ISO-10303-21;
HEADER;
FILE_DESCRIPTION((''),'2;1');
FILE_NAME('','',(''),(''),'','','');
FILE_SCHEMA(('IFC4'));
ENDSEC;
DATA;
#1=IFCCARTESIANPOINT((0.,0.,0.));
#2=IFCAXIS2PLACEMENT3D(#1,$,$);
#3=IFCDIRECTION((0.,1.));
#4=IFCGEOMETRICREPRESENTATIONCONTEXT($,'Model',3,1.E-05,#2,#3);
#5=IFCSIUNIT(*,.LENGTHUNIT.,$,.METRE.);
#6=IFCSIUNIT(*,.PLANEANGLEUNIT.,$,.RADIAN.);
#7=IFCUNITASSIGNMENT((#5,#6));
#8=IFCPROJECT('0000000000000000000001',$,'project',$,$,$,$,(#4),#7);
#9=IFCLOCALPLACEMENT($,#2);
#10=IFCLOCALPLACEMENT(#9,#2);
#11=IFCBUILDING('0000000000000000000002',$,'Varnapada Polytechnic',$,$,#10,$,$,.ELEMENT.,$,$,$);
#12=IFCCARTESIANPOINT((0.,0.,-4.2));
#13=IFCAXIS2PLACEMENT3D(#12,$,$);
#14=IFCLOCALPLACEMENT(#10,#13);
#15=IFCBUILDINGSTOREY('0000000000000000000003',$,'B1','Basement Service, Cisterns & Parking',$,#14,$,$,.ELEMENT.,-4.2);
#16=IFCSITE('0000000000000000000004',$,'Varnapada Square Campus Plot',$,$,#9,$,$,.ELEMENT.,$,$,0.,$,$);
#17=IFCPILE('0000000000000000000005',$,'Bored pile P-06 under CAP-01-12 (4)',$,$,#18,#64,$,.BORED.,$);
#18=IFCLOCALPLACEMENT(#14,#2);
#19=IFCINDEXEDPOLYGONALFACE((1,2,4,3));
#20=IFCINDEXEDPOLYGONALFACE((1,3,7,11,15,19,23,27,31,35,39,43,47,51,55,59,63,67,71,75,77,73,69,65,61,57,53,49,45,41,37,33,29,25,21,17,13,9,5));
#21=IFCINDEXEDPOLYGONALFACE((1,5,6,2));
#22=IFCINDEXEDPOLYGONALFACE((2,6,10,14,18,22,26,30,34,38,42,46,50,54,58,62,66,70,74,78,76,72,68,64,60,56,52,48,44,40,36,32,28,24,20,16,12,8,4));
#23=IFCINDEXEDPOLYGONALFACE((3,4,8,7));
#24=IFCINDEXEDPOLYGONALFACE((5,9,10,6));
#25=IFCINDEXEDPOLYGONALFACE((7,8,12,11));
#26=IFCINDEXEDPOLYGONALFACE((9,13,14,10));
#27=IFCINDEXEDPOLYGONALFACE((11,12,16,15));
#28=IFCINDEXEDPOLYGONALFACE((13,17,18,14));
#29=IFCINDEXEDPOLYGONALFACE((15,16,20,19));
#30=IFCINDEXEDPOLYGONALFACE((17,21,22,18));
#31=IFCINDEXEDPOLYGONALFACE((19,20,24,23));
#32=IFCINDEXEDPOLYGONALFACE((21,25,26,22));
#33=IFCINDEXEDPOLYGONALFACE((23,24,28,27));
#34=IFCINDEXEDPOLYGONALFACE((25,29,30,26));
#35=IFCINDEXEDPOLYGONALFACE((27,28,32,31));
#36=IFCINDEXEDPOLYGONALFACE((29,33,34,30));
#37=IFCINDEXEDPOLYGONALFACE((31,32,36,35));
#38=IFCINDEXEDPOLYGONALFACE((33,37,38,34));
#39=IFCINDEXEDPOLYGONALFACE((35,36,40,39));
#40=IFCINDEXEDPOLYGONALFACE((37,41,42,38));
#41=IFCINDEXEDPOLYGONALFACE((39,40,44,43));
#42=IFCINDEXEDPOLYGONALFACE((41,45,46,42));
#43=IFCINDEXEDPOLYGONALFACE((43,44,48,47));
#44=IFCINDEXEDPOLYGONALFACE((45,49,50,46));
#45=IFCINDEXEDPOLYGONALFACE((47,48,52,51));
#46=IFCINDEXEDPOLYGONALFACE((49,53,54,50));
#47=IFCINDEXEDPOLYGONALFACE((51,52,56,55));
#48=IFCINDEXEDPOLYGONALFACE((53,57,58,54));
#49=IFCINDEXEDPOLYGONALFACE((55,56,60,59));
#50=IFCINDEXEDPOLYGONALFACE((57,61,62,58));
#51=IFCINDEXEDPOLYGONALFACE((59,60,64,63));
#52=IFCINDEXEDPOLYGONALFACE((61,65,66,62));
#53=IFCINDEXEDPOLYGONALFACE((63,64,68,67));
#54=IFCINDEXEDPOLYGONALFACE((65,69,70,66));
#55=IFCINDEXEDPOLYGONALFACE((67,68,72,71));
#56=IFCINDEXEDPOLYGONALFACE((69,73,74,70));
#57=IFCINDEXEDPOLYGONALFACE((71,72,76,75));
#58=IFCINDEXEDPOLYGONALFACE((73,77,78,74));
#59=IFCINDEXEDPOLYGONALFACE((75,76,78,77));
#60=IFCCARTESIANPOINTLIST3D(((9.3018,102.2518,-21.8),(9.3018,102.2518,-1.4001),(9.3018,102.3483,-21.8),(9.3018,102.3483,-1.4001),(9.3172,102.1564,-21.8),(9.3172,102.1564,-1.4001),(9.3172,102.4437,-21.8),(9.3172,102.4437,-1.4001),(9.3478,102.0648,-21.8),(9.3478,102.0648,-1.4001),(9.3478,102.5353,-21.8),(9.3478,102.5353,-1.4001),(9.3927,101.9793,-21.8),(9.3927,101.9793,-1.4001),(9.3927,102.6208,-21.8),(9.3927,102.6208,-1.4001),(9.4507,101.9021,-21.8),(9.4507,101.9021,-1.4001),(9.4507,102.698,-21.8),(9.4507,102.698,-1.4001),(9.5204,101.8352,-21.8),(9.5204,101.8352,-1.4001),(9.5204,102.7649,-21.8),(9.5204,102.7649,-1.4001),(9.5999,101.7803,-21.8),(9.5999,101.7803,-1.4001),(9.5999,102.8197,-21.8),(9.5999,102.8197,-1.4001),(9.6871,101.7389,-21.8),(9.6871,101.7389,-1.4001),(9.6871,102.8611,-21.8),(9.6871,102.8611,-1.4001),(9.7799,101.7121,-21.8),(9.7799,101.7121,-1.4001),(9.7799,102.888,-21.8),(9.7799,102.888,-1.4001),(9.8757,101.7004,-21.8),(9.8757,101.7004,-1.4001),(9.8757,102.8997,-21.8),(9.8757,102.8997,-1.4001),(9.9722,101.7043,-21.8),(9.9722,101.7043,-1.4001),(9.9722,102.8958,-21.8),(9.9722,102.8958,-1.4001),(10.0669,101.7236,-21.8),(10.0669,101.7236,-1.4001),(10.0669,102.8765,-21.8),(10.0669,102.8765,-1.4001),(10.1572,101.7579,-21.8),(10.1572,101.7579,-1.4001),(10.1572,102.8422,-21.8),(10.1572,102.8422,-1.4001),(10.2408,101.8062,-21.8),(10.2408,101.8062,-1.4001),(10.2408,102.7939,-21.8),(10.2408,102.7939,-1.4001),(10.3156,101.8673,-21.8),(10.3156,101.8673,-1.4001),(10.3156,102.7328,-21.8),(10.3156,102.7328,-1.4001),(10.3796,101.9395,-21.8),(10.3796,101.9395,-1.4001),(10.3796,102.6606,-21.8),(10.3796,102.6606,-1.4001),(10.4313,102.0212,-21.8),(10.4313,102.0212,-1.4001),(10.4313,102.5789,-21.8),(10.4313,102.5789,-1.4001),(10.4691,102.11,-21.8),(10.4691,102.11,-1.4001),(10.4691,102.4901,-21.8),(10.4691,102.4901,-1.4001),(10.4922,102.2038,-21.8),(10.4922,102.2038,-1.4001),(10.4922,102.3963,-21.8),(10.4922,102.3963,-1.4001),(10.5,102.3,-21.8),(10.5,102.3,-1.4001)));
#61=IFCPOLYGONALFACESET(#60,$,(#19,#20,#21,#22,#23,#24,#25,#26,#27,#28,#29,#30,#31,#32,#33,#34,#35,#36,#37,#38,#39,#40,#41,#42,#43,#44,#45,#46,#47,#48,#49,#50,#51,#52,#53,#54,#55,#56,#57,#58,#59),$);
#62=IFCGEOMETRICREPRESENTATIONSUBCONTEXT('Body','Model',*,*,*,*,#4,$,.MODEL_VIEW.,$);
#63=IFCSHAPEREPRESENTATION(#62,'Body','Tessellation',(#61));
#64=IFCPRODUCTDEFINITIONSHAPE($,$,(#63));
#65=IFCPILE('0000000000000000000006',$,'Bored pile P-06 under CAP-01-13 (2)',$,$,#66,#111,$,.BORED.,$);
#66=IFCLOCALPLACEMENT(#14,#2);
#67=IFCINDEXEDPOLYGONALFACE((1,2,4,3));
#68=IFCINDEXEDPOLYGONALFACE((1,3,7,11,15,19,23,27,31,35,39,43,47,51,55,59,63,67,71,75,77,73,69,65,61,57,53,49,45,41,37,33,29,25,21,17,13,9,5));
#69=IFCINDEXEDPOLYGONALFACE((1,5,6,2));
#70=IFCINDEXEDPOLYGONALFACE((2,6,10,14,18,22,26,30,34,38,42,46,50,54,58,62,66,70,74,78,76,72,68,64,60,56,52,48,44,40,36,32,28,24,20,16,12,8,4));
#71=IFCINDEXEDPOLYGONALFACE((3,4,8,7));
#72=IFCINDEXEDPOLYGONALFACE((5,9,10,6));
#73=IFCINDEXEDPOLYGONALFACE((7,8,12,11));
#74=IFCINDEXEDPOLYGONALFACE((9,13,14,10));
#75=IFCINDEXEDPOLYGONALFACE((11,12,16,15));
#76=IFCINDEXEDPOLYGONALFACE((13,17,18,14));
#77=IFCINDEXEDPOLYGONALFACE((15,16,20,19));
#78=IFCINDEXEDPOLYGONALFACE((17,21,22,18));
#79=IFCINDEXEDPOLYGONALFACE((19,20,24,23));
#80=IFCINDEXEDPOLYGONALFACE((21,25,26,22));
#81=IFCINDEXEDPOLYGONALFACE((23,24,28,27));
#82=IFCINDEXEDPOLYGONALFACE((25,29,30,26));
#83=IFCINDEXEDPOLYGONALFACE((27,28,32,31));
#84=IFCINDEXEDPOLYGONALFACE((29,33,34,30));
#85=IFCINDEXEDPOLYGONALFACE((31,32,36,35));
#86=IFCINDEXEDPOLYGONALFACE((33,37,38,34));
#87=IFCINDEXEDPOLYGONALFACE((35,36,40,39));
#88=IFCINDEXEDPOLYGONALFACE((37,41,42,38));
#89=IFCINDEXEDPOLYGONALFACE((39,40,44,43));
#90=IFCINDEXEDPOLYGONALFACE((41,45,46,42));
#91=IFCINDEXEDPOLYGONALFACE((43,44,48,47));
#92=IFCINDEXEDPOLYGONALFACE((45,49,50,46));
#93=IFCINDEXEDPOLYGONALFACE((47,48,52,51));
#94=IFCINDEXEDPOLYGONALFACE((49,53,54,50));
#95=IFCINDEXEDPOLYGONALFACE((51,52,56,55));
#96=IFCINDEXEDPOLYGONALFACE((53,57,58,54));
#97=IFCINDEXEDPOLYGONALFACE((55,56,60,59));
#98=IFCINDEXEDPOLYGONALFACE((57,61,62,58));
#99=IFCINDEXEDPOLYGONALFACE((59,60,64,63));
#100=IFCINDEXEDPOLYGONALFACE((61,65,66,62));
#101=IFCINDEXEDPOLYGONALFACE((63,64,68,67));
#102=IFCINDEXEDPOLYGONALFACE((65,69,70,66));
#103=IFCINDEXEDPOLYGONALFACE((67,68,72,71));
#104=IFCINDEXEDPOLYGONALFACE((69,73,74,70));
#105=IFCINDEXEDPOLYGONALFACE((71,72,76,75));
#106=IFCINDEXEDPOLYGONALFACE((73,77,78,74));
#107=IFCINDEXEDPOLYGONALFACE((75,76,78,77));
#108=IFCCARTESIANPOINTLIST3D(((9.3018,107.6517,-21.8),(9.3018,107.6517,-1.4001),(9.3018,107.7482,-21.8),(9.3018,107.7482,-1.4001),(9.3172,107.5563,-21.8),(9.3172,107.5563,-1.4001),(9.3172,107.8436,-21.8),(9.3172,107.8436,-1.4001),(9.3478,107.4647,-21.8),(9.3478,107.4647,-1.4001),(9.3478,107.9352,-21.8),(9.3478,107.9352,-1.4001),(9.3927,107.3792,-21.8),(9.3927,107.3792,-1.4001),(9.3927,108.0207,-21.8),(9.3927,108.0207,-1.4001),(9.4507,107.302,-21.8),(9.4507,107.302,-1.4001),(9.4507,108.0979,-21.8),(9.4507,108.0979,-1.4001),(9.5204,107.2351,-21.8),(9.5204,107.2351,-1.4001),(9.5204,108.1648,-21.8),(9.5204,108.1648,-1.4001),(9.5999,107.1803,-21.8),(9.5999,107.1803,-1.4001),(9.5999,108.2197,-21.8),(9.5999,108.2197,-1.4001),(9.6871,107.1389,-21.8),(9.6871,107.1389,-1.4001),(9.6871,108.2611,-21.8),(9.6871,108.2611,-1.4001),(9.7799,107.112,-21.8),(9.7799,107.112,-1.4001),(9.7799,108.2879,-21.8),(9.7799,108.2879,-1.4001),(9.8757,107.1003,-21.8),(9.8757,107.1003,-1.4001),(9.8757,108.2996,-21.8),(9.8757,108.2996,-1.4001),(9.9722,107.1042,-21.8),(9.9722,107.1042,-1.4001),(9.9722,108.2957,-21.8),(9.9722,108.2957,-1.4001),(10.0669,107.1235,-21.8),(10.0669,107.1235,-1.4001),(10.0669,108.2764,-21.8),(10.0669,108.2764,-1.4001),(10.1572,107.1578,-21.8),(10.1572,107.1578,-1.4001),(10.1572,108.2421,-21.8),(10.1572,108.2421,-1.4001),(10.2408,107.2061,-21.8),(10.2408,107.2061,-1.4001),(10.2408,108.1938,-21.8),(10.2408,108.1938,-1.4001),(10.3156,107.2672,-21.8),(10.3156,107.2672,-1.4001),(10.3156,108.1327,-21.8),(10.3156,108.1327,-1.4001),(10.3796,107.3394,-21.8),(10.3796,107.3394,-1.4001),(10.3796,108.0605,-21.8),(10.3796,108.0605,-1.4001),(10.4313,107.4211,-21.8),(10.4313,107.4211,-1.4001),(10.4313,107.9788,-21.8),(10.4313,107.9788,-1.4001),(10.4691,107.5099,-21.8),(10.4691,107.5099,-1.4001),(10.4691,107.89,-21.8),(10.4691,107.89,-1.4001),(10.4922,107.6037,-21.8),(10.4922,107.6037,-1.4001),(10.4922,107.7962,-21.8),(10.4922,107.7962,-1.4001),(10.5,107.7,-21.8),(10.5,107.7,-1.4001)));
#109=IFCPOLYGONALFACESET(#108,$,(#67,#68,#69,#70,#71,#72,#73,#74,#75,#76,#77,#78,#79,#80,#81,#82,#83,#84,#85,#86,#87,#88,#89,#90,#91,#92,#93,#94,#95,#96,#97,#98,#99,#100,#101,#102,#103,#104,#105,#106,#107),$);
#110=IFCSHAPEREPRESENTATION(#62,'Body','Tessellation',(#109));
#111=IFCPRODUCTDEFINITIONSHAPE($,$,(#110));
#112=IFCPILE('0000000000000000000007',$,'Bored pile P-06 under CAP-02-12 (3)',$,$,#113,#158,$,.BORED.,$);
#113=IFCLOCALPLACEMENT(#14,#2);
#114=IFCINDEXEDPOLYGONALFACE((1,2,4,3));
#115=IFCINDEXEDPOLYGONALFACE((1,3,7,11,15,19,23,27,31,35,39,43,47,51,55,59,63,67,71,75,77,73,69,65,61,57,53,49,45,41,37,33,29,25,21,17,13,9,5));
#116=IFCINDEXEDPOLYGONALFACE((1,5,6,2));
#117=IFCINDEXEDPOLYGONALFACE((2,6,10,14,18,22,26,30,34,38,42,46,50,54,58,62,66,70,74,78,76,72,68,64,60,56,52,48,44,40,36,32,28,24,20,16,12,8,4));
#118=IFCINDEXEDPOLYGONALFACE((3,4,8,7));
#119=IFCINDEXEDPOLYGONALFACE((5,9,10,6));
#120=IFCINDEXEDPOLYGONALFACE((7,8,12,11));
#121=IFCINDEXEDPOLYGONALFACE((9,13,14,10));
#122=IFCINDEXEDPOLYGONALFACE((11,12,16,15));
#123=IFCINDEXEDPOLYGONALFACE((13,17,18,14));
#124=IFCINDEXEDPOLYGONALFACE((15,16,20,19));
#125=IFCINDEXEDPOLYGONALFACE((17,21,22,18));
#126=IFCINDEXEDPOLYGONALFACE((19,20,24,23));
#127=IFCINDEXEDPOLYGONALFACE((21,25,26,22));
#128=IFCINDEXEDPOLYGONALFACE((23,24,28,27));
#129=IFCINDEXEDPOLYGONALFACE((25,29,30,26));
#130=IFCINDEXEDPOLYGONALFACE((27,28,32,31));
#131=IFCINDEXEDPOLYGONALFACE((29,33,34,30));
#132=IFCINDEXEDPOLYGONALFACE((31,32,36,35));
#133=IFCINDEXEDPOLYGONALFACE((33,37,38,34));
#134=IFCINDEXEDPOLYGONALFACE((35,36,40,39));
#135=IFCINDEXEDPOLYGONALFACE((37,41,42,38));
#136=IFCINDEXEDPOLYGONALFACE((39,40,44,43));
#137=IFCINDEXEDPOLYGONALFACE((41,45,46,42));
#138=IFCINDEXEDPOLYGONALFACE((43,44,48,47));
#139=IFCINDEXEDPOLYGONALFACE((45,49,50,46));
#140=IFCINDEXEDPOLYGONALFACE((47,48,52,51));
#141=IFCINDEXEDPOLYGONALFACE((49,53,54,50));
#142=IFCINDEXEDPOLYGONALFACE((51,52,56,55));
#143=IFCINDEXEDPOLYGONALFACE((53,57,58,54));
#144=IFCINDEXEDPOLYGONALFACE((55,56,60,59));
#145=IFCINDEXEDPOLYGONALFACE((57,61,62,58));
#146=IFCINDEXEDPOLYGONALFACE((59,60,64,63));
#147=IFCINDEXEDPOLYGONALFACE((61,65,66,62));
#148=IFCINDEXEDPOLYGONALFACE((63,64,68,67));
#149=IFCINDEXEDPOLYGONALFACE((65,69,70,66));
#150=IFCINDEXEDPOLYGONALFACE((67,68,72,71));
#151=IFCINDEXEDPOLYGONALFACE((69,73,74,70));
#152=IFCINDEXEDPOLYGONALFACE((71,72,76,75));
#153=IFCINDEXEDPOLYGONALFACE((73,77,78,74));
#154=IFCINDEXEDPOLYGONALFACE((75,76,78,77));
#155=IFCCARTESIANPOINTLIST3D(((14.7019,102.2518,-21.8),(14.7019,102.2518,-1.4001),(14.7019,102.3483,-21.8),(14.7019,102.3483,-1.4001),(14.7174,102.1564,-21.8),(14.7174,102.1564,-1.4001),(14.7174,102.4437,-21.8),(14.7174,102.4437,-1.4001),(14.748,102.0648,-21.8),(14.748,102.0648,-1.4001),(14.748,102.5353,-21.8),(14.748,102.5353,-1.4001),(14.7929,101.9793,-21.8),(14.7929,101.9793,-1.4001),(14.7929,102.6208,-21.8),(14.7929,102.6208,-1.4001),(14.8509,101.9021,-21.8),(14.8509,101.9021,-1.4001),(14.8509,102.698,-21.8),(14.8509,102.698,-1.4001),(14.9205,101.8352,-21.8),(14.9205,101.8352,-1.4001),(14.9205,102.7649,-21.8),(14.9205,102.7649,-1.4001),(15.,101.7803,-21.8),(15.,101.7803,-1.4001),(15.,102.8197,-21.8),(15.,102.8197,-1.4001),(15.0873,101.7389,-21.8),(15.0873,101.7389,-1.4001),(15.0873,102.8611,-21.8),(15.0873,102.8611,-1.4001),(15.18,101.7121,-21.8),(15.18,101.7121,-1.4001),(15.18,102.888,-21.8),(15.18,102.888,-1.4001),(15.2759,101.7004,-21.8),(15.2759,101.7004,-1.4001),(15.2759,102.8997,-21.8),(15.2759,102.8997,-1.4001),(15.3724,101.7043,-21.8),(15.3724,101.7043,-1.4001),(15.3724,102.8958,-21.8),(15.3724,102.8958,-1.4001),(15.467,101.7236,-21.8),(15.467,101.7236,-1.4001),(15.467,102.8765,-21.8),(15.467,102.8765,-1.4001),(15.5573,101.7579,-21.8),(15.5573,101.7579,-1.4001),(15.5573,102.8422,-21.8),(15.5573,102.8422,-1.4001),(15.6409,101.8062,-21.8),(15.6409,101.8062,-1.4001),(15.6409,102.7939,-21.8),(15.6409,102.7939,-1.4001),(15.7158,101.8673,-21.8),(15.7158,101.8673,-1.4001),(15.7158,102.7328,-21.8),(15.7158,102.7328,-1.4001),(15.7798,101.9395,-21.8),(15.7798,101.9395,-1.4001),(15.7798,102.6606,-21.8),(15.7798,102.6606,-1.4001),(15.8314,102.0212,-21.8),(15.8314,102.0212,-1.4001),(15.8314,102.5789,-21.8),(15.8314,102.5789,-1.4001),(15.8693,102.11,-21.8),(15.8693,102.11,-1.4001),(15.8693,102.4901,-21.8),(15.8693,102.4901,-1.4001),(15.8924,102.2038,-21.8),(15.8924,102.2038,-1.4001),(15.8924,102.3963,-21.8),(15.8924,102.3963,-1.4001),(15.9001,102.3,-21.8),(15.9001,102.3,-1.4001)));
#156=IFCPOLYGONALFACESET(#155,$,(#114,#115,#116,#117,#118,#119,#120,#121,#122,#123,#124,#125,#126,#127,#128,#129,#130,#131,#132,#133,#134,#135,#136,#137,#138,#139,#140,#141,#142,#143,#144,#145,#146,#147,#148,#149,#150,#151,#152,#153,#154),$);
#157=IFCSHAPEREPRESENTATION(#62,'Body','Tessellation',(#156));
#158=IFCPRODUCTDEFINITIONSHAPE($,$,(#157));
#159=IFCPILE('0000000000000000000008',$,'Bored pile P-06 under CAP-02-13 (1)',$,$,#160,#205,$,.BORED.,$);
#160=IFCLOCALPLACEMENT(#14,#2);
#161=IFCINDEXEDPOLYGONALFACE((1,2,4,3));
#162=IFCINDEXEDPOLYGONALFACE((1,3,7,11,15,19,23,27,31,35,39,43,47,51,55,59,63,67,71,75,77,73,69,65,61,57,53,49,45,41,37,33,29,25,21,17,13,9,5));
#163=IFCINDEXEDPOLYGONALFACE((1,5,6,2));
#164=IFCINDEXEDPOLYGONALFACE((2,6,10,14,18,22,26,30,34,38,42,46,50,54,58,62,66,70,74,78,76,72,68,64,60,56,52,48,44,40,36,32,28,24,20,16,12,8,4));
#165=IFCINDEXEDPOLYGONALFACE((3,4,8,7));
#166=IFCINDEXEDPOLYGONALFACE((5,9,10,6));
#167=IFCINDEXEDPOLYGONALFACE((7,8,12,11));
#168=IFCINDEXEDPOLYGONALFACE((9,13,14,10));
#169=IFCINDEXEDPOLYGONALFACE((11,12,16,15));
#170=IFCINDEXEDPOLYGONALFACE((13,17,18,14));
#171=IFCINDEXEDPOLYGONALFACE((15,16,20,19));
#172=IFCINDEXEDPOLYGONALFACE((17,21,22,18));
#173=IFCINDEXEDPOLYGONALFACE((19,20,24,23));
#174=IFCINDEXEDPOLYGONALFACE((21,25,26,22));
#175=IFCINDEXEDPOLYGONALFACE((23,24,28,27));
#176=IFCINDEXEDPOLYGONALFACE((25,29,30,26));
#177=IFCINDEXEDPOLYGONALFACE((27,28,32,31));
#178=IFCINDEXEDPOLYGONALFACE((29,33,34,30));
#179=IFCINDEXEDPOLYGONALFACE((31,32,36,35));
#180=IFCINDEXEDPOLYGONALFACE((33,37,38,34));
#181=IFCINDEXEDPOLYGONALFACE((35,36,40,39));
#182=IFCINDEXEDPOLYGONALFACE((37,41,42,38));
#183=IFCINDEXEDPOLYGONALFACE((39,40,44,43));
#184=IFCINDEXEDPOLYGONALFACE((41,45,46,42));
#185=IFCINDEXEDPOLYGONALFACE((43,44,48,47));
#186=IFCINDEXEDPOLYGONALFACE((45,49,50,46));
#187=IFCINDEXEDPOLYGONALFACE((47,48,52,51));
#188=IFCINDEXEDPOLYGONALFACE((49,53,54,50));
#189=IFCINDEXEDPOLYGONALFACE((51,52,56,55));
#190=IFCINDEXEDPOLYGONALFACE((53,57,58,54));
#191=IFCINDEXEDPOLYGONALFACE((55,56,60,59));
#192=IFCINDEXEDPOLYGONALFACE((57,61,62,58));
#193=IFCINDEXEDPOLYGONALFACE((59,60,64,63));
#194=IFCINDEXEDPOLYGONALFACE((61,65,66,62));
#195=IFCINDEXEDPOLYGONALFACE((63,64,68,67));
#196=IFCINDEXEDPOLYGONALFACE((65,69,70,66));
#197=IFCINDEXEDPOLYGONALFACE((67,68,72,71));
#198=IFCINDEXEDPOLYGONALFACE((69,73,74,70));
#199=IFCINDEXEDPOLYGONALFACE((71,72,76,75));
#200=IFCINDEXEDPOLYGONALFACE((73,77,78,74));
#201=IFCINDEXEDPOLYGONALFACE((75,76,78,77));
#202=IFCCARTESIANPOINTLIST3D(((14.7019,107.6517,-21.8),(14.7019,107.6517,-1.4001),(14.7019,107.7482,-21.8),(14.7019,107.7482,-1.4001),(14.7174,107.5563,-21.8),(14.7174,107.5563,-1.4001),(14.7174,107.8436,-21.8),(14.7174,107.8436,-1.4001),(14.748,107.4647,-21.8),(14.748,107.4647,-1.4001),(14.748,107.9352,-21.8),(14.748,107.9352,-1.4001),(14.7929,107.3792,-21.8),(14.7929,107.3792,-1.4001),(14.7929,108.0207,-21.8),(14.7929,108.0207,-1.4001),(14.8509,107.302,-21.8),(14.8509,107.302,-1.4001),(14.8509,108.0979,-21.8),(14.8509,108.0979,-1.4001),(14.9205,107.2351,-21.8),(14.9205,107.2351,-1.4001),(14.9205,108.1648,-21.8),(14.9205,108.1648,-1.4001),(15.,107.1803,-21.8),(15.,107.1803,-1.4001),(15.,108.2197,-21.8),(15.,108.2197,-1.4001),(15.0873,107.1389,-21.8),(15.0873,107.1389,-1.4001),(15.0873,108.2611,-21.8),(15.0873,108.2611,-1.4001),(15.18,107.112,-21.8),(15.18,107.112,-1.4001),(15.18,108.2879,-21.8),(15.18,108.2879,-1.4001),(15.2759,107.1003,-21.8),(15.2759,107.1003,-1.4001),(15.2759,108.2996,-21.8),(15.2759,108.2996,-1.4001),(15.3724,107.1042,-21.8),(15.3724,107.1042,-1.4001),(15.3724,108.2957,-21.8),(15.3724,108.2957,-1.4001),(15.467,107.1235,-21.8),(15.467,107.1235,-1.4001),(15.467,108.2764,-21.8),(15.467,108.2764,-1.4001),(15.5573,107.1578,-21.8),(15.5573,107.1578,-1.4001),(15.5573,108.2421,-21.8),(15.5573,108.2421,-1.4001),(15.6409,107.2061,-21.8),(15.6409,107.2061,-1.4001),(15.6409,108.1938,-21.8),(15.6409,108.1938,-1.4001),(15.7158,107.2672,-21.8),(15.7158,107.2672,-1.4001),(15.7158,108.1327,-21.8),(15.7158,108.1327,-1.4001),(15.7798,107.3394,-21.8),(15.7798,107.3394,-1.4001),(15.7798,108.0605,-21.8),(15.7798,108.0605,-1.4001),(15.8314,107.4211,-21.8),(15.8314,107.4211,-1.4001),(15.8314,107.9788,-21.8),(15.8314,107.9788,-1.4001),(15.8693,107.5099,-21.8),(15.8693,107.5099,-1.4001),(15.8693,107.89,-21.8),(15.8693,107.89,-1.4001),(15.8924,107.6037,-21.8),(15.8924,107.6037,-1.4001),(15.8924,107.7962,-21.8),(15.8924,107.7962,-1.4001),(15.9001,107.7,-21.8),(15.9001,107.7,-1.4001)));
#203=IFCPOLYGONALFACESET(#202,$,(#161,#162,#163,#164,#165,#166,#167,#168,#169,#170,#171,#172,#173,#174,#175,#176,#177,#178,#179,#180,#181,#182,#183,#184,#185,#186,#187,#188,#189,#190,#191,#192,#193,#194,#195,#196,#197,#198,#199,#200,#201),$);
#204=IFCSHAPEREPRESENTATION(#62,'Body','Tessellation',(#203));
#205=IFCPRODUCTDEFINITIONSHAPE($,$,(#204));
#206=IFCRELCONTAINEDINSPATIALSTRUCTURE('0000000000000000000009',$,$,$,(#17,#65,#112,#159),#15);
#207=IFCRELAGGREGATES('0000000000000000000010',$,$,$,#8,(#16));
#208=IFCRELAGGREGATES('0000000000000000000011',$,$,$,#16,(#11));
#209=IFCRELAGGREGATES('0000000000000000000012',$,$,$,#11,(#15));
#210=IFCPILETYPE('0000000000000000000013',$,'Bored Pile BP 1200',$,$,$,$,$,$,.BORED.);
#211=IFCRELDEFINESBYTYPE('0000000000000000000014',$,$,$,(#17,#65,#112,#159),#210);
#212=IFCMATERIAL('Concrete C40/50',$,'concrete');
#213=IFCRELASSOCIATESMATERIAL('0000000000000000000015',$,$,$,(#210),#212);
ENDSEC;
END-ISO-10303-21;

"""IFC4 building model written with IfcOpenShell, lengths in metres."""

from ifc_helpers import new_model, si_unit, direction, frame, origin, origin_2d, place, context, subcontext, project, spatial, circle, extrude, material, material_profile, profile_set, type_object, element, save


model = new_model("IFC4")

# Units and contexts
model_context = context("Model", 3, precision=1e-05, world=origin(), true_north=direction((0.0, 1.0)))
body_context = subcontext(model_context, "Body", "Model", "MODEL_VIEW")
ifc_project = project(units=[si_unit("LENGTHUNIT", "METRE"), si_unit("PLANEANGLEUNIT", "RADIAN")], contexts=[model_context])

# Site, building, storey
site_placement = place(None, origin())
site = spatial("IfcSite", under=ifc_project, at=site_placement, Name="Varnapada Square Campus Plot", CompositionType="ELEMENT", RefElevation=0.0)
building_placement = place(site_placement, origin())
building = spatial("IfcBuilding", under=site, at=building_placement, Name="Varnapada Polytechnic", CompositionType="ELEMENT")
storey_placement = place(building_placement, frame((0.0, 0.0, -4.2)))
storey = spatial("IfcBuildingStorey", under=building, at=storey_placement, Name="B1", Description="Basement Service, Cisterns & Parking", CompositionType="ELEMENT", Elevation=-4.2)

# Piles
ifc_material_1 = material(Name="Concrete C40/50", Category="concrete")
ifc_material_profile = material_profile(ifc_material_1, circle(Radius=0.6001, at=origin_2d()), Name="BP 1200")
ifc_profile_set = profile_set([ifc_material_profile], Name="Concrete C40/50")
pile_type = type_object("IfcPileType", Name="Bored Pile BP 1200", PredefinedType="BORED", material=ifc_profile_set)
for number, where, z_axis, x_axis, name in (
    (1, (9.8999, 102.3, -1.4001), (0.0, 0.0, -1.0), (1.0, 0.0, 0.0), "Bored pile P-06 under CAP-01-12 (4)"),
    (2, (9.8999, 107.7, -1.4001), (0.0, 0.0, -1.0), (1.0, 0.0, 0.0), "Bored pile P-06 under CAP-01-13 (2)"),
    (3, (15.3, 102.3, -1.4001), (0.0, 0.0, -1.0), (1.0, 0.0, 0.0), "Bored pile P-06 under CAP-02-12 (3)"),
    (4, (15.3, 107.7, -1.4001), (0.0, 0.0, -1.0), (1.0, 0.0, 0.0), "Bored pile P-06 under CAP-02-13 (1)"),
):
    element("IfcPile", number, at=place(storey_placement, frame(where, z_axis=z_axis, x_axis=x_axis)), inside=storey, type_object=pile_type, Name=name, PredefinedType="BORED", context=body_context, shape_type="SweptSolid", body=[
        extrude(circle(Radius=0.6001, at=origin_2d()), origin(), (0.0, 0.0, 1.0), 20.3999),
    ])

save(model, "model.ifc")
